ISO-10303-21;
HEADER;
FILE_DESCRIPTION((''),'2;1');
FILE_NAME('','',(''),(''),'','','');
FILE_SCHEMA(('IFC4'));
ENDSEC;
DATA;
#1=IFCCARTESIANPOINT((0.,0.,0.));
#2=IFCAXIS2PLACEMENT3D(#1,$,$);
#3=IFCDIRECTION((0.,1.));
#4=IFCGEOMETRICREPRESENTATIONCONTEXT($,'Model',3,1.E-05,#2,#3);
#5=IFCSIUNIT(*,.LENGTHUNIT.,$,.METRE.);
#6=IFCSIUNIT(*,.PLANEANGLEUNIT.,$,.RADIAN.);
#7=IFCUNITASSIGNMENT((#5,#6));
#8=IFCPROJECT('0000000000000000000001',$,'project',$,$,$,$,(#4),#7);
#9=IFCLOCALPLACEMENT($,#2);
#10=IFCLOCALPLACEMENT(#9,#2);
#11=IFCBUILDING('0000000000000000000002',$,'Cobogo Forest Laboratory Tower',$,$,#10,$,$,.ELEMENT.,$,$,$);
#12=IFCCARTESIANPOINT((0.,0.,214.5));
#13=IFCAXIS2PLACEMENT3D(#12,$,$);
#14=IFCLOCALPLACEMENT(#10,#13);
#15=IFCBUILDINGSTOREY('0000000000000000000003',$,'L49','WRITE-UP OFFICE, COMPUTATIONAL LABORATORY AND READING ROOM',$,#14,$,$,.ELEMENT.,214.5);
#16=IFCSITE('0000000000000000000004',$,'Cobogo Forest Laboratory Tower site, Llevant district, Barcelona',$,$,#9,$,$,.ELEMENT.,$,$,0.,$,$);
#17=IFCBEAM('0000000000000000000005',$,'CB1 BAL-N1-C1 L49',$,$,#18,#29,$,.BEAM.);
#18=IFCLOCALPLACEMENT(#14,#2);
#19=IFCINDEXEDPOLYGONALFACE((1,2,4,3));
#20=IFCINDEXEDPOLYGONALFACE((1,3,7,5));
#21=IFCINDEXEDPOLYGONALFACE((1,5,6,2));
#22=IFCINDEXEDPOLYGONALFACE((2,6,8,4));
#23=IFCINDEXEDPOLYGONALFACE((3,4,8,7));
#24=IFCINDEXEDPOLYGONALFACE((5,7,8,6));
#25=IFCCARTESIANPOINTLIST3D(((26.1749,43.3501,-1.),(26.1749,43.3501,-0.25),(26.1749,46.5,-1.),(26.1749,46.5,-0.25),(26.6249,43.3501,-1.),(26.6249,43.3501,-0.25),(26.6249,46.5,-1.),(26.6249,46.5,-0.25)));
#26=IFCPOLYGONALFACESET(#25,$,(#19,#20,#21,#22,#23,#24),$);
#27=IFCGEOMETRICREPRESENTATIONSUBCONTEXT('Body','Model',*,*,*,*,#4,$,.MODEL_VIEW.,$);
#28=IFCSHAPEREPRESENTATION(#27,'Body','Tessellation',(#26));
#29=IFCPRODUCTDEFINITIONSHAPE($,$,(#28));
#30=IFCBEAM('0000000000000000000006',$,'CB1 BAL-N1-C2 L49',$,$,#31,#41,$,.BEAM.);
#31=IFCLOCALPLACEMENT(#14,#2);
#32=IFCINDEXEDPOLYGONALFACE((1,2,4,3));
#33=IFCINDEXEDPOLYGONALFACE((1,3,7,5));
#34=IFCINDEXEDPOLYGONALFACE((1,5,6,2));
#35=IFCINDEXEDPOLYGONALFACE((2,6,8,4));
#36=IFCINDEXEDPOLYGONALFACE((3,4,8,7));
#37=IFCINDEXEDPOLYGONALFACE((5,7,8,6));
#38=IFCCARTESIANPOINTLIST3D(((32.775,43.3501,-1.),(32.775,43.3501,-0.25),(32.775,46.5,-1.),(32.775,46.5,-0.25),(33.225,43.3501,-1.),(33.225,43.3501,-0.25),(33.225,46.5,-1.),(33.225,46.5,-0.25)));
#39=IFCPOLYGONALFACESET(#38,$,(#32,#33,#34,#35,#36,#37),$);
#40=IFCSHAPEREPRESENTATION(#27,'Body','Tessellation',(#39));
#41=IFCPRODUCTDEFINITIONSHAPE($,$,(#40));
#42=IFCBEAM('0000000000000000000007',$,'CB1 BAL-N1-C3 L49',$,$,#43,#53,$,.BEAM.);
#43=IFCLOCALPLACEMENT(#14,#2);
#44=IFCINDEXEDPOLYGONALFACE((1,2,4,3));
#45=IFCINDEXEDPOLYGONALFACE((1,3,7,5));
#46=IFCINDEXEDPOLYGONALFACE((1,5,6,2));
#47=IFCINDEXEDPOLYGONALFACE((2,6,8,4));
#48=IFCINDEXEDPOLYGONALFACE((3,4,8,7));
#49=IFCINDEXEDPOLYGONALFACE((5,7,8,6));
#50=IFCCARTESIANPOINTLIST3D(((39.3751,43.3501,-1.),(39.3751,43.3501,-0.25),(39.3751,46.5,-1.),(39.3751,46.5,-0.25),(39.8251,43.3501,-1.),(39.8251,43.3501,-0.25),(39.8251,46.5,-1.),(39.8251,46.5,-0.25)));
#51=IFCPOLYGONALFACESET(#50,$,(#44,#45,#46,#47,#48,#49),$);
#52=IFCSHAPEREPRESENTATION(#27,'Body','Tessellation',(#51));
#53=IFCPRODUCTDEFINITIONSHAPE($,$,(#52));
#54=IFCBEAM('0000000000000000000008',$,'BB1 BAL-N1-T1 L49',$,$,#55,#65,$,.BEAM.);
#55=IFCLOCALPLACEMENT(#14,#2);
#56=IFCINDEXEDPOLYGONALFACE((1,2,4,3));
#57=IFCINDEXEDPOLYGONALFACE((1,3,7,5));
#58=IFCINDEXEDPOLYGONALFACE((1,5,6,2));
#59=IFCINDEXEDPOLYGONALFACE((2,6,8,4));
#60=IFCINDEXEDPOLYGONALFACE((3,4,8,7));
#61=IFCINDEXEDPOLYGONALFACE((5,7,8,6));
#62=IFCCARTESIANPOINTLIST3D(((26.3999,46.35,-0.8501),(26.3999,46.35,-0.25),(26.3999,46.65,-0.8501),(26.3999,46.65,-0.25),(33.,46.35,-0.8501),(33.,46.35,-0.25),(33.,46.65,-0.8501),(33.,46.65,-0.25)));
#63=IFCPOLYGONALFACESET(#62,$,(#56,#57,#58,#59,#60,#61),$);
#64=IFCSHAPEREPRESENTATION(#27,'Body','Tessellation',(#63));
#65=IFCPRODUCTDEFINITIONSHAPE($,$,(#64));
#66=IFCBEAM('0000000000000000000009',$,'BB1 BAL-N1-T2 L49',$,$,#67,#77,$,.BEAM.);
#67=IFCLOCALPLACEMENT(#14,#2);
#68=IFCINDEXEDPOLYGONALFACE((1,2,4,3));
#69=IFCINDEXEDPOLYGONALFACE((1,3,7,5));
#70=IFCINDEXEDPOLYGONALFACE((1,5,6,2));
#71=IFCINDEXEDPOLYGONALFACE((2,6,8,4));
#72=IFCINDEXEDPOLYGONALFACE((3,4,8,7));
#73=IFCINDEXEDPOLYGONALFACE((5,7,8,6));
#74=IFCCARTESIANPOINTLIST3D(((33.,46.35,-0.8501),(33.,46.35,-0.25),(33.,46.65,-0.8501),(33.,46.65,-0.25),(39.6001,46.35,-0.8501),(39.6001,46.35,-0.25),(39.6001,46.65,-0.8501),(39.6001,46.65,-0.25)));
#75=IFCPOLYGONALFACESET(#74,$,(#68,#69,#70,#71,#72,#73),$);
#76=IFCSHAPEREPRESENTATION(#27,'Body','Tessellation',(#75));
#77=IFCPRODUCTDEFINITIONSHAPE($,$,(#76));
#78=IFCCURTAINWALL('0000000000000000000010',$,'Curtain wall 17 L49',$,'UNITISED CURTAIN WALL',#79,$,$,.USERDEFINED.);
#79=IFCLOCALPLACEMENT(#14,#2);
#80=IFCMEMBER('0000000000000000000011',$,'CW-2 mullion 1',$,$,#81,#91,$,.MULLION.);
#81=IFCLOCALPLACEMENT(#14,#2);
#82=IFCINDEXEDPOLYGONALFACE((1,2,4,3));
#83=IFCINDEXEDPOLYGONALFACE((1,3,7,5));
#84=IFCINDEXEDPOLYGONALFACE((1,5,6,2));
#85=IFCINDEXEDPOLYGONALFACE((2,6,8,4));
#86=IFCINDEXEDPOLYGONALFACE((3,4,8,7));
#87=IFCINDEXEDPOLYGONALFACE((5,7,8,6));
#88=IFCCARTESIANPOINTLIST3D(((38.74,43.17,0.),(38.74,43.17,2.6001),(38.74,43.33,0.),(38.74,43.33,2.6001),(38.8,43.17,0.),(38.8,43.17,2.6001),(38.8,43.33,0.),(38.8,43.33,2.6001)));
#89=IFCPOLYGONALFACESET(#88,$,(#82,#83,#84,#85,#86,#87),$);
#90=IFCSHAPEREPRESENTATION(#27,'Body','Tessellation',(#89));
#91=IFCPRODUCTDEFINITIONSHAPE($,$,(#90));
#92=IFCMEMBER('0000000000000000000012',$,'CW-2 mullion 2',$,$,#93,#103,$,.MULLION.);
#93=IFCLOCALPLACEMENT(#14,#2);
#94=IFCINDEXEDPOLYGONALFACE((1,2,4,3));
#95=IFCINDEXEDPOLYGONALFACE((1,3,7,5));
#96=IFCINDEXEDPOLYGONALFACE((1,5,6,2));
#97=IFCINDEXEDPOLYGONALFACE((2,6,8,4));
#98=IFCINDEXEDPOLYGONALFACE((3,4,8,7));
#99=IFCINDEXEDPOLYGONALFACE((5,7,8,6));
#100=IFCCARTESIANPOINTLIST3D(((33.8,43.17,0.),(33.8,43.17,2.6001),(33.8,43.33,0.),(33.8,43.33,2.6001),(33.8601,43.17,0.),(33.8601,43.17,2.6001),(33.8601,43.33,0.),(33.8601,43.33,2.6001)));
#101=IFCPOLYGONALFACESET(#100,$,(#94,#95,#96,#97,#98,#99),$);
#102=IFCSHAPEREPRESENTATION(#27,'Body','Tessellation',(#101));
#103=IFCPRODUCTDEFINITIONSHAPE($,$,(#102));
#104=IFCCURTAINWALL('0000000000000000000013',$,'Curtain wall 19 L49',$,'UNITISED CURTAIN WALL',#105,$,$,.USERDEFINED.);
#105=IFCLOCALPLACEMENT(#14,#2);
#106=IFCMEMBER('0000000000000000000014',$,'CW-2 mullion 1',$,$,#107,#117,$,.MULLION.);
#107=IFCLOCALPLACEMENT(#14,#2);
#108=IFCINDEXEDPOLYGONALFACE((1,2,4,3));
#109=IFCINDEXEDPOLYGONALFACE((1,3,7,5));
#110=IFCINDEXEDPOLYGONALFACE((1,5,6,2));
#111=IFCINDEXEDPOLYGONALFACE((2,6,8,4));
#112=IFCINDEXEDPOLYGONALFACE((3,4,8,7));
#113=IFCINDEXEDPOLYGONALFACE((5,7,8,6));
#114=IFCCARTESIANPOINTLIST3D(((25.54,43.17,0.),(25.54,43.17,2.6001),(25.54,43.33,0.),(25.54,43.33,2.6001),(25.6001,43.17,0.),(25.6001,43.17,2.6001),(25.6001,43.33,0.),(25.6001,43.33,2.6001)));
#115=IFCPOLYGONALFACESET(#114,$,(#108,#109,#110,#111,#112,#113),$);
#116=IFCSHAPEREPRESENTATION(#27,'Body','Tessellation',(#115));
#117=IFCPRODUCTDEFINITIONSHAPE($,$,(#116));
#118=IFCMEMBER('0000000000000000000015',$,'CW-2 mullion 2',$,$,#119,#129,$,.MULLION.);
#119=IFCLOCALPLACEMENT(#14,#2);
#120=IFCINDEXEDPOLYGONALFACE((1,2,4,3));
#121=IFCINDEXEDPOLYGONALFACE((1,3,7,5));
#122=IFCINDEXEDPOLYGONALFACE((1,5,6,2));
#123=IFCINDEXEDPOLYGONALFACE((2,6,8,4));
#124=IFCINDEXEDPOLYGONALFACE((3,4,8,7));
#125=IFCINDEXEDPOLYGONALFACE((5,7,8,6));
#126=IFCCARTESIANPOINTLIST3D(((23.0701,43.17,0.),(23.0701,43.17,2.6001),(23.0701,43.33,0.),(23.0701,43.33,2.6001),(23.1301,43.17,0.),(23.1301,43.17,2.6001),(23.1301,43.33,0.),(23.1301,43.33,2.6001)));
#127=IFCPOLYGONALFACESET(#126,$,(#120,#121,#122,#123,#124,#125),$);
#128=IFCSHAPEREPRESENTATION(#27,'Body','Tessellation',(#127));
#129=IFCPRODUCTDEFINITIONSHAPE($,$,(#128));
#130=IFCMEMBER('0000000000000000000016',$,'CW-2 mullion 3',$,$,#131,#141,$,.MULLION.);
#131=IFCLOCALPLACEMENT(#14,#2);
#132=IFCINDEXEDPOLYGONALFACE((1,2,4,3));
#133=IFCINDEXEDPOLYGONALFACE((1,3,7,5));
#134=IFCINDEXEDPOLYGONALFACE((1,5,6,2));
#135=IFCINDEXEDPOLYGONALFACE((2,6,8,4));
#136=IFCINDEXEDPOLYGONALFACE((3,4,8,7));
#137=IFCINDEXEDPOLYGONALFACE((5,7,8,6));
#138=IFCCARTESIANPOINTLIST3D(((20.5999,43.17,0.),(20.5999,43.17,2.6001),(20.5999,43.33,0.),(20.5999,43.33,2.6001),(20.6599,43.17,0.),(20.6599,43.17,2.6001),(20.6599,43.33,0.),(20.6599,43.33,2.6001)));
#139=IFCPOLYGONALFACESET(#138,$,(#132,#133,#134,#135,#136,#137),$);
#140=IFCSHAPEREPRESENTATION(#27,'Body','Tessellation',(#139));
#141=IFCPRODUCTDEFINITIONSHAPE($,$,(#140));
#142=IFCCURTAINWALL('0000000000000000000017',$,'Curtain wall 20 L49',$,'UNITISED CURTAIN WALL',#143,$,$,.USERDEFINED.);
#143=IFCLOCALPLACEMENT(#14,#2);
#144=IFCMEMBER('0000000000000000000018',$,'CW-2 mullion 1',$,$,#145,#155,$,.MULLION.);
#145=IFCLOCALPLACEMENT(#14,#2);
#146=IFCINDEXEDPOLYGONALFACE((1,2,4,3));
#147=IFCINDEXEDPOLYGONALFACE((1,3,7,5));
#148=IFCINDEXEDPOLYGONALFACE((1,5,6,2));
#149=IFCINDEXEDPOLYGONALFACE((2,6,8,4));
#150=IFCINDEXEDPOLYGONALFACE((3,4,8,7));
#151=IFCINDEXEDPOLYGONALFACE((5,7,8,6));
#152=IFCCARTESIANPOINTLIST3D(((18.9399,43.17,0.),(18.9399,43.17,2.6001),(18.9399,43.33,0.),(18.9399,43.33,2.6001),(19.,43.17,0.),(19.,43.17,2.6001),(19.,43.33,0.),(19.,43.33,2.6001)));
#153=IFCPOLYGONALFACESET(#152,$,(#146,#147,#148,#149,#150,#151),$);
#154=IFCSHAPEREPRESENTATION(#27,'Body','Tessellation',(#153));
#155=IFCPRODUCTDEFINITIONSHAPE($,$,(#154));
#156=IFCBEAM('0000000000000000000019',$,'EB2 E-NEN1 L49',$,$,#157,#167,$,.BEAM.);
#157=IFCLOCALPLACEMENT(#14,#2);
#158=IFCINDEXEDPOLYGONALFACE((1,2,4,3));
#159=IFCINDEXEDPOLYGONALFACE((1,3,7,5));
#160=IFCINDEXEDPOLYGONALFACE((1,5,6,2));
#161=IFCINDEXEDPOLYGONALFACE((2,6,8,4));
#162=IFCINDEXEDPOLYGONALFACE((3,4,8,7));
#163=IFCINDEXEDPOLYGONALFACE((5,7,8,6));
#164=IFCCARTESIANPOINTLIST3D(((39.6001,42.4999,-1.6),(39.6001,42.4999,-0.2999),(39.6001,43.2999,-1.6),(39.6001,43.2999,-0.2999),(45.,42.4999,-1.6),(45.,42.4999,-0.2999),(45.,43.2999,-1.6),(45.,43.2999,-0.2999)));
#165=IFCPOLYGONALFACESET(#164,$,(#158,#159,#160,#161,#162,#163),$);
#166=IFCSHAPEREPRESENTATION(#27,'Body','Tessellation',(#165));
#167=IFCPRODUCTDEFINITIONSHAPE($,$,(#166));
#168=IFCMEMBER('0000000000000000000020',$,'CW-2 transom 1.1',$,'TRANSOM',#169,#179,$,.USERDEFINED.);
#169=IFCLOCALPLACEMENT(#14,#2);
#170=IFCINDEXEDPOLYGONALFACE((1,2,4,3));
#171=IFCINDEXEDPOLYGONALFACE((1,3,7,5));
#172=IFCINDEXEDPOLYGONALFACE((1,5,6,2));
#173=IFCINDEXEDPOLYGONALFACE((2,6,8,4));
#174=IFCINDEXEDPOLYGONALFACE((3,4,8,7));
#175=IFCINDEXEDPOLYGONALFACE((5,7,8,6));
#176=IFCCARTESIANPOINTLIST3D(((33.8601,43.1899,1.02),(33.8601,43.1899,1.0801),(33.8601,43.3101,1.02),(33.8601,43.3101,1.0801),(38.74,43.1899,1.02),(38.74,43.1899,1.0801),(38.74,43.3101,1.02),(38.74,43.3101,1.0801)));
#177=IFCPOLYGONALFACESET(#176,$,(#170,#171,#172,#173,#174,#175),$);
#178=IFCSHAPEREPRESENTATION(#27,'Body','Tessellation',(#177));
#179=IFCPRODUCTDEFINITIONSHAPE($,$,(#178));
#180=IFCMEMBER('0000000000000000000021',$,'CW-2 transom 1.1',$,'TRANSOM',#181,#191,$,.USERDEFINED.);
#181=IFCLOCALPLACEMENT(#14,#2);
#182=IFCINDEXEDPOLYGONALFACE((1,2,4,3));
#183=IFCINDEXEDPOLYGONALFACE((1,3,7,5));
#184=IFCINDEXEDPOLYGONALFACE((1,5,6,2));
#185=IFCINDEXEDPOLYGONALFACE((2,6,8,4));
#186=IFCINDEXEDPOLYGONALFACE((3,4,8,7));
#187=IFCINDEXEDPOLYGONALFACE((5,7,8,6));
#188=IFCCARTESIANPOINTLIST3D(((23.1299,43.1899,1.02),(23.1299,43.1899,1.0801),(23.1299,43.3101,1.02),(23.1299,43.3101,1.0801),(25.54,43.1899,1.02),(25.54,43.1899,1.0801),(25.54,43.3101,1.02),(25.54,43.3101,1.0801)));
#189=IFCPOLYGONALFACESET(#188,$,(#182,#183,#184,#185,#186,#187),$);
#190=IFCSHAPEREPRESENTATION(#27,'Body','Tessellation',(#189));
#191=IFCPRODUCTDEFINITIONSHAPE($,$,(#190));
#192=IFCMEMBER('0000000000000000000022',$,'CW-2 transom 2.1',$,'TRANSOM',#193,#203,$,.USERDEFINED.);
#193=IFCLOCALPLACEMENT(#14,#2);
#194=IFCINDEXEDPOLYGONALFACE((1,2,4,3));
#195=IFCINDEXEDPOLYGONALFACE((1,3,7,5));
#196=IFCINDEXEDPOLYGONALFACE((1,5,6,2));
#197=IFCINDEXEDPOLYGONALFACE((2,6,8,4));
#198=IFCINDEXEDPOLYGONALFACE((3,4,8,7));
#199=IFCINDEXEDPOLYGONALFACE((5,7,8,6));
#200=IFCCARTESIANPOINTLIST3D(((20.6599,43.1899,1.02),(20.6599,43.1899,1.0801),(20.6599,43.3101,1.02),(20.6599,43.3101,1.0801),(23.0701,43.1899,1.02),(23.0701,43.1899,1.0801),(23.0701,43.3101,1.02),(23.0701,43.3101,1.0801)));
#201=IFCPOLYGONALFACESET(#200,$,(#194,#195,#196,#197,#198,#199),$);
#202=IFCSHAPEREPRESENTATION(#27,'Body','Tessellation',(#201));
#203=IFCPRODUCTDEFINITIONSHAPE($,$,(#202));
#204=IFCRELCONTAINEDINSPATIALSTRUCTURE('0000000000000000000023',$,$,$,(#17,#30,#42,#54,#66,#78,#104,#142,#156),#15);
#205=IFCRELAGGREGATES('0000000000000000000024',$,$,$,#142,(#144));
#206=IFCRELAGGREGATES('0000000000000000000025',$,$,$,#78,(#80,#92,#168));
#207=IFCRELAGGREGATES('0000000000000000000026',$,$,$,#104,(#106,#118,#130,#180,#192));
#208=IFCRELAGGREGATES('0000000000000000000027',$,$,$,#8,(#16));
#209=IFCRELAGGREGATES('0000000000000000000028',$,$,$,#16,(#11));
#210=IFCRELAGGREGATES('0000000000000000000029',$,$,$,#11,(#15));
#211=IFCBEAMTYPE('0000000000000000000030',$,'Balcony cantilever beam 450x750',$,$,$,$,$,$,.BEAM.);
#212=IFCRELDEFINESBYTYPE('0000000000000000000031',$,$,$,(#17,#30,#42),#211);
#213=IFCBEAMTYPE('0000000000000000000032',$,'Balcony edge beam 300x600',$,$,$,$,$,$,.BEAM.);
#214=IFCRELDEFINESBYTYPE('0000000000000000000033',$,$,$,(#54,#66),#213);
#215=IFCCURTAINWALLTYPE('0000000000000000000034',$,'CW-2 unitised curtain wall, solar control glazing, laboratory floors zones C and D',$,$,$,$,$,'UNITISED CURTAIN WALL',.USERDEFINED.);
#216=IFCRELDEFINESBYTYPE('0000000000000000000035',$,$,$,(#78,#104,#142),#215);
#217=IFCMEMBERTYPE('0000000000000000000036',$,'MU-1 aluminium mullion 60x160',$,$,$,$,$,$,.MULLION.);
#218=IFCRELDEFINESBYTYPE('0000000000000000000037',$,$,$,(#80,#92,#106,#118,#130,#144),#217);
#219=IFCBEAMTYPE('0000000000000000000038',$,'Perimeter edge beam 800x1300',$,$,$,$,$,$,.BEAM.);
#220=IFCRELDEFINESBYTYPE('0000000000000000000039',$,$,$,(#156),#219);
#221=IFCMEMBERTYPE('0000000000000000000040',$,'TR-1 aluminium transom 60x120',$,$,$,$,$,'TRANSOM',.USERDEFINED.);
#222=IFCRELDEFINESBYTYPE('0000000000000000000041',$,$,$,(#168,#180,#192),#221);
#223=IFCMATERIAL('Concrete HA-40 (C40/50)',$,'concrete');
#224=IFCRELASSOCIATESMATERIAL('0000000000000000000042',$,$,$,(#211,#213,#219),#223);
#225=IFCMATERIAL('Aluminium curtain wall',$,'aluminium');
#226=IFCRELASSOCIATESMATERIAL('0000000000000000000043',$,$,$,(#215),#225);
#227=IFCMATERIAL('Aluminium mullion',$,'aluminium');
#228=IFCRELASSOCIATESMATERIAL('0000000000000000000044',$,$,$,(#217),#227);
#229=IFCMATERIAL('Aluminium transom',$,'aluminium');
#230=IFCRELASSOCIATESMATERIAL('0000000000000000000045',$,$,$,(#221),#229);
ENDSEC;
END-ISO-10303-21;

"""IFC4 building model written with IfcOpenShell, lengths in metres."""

from ifc_helpers import new_model, si_unit, direction, frame, origin, origin_2d, place, context, subcontext, project, spatial, rectangle, extrude, material, material_profile, profile_set, type_object, element, aggregate, save


model = new_model("IFC4")

# Units and contexts
model_context = context("Model", 3, precision=1e-05, world=origin(), true_north=direction((0.0, 1.0)))
body_context = subcontext(model_context, "Body", "Model", "MODEL_VIEW")
ifc_project = project(units=[si_unit("LENGTHUNIT", "METRE"), si_unit("PLANEANGLEUNIT", "RADIAN")], contexts=[model_context])

# Site, building, storey
site_placement = place(None, origin())
site = spatial("IfcSite", under=ifc_project, at=site_placement, Name="Cobogo Forest Laboratory Tower site, Llevant district, Barcelona", CompositionType="ELEMENT", RefElevation=0.0)
building_placement = place(site_placement, origin())
building = spatial("IfcBuilding", under=site, at=building_placement, Name="Cobogo Forest Laboratory Tower", CompositionType="ELEMENT")
storey_placement = place(building_placement, frame((0.0, 0.0, 214.5)))
storey = spatial("IfcBuildingStorey", under=building, at=storey_placement, Name="L49", Description="WRITE-UP OFFICE, COMPUTATIONAL LABORATORY AND READING ROOM", CompositionType="ELEMENT", Elevation=214.5)

# Beams
ifc_material_1 = material(Name="Concrete HA-40 (C40/50)", Category="concrete")
ifc_material_profile_1 = material_profile(ifc_material_1, rectangle(XDim=0.45, YDim=0.75, at=origin_2d()), Name="RC 450x750")
ifc_profile_set_1 = profile_set([ifc_material_profile_1], Name="Concrete HA-40 (C40/50)")
beam_type_1 = type_object("IfcBeamType", Name="Balcony cantilever beam 450x750", PredefinedType="BEAM", material=ifc_profile_set_1)
for number, where, z_axis, x_axis, name in (
    (1, (26.3999, 43.3501, -0.625), (0.0, 1.0, 0.0), (-1.0, 0.0, 0.0), "CB1 BAL-N1-C1 L49"),
    (2, (33.0, 43.3501, -0.625), (0.0, 1.0, 0.0), (-1.0, 0.0, 0.0), "CB1 BAL-N1-C2 L49"),
    (3, (39.6001, 43.3501, -0.625), (0.0, 1.0, 0.0), (-1.0, 0.0, 0.0), "CB1 BAL-N1-C3 L49"),
):
    element("IfcBeam", number, at=place(storey_placement, frame(where, z_axis=z_axis, x_axis=x_axis)), inside=storey, type_object=beam_type_1, Name=name, PredefinedType="BEAM", context=body_context, shape_type="SweptSolid", body=[
        extrude(rectangle(XDim=0.45, YDim=0.75, at=origin_2d()), origin(), (0.0, 0.0, 1.0), 3.1499),
    ])
ifc_material_profile_2 = material_profile(ifc_material_1, rectangle(XDim=0.3, YDim=0.6001, at=origin_2d()), Name="RC 300x600")
ifc_profile_set_2 = profile_set([ifc_material_profile_2], Name="Concrete HA-40 (C40/50)")
beam_type_2 = type_object("IfcBeamType", Name="Balcony edge beam 300x600", PredefinedType="BEAM", material=ifc_profile_set_2)
for number, where, z_axis, x_axis, name in (
    (4, (26.3999, 46.5, -0.55), (1.0, 0.0, 0.0), (0.0, 1.0, 0.0), "BB1 BAL-N1-T1 L49"),
    (5, (33.0, 46.5, -0.55), (1.0, 0.0, 0.0), (0.0, 1.0, 0.0), "BB1 BAL-N1-T2 L49"),
):
    element("IfcBeam", number, at=place(storey_placement, frame(where, z_axis=z_axis, x_axis=x_axis)), inside=storey, type_object=beam_type_2, Name=name, PredefinedType="BEAM", context=body_context, shape_type="SweptSolid", body=[
        extrude(rectangle(XDim=0.3, YDim=0.6001, at=origin_2d()), origin(), (0.0, 0.0, 1.0), 6.6001),
    ])

# Curtain walls, members
ifc_material_2 = material(Name="Aluminium curtain wall", Category="aluminium")
curtain_wall_type = type_object("IfcCurtainWallType", Name="CW-2 unitised curtain wall, solar control glazing, laboratory floors zones C and D", ElementType="UNITISED CURTAIN WALL", PredefinedType="USERDEFINED", material=ifc_material_2)
curtain_wall_1_placement = place(storey_placement, origin())
curtain_wall_1 = element("IfcCurtainWall", 6, at=curtain_wall_1_placement, inside=storey, type_object=curtain_wall_type, Name="Curtain wall 17 L49", ObjectType="UNITISED CURTAIN WALL", PredefinedType="USERDEFINED")
ifc_material_3 = material(Name="Aluminium mullion", Category="aluminium")
ifc_material_profile_3 = material_profile(ifc_material_3, rectangle(XDim=0.0601, YDim=0.1599, at=origin_2d()), Name="AL 60x160")
ifc_profile_set_3 = profile_set([ifc_material_profile_3], Name="Aluminium mullion")
member_type_1 = type_object("IfcMemberType", Name="MU-1 aluminium mullion 60x160", PredefinedType="MULLION", material=ifc_profile_set_3)
member_1_placement = place(storey_placement, frame((38.77, 43.25, 0.0), z_axis=(0.0, 0.0, 1.0), x_axis=(-1.0, 0.0, 0.0)))
member_1 = element("IfcMember", 7, at=member_1_placement, type_object=member_type_1, Name="CW-2 mullion 1", PredefinedType="MULLION", context=body_context, shape_type="SweptSolid", body=[
    extrude(rectangle(XDim=0.0601, YDim=0.1599, at=origin_2d()), origin(), (0.0, 0.0, 1.0), 2.6001),
])
member_2_placement = place(storey_placement, frame((33.8301, 43.25, 0.0), z_axis=(0.0, 0.0, 1.0), x_axis=(-1.0, 0.0, 0.0)))
member_2 = element("IfcMember", 8, at=member_2_placement, type_object=member_type_1, Name="CW-2 mullion 2", PredefinedType="MULLION", context=body_context, shape_type="SweptSolid", body=[
    extrude(rectangle(XDim=0.0601, YDim=0.1599, at=origin_2d()), origin(), (0.0, 0.0, 1.0), 2.6001),
])
curtain_wall_2_placement = place(storey_placement, origin())
curtain_wall_2 = element("IfcCurtainWall", 9, at=curtain_wall_2_placement, inside=storey, type_object=curtain_wall_type, Name="Curtain wall 19 L49", ObjectType="UNITISED CURTAIN WALL", PredefinedType="USERDEFINED")
member_3_placement = place(storey_placement, frame((25.5701, 43.25, 0.0), z_axis=(0.0, 0.0, 1.0), x_axis=(-1.0, 0.0, 0.0)))
member_3 = element("IfcMember", 10, at=member_3_placement, type_object=member_type_1, Name="CW-2 mullion 1", PredefinedType="MULLION", context=body_context, shape_type="SweptSolid", body=[
    extrude(rectangle(XDim=0.0601, YDim=0.1599, at=origin_2d()), origin(), (0.0, 0.0, 1.0), 2.6001),
])
member_4_placement = place(storey_placement, frame((23.1001, 43.25, 0.0), z_axis=(0.0, 0.0, 1.0), x_axis=(-1.0, 0.0, 0.0)))
member_4 = element("IfcMember", 11, at=member_4_placement, type_object=member_type_1, Name="CW-2 mullion 2", PredefinedType="MULLION", context=body_context, shape_type="SweptSolid", body=[
    extrude(rectangle(XDim=0.0601, YDim=0.1599, at=origin_2d()), origin(), (0.0, 0.0, 1.0), 2.6001),
])
member_5_placement = place(storey_placement, frame((20.6299, 43.25, 0.0), z_axis=(0.0, 0.0, 1.0), x_axis=(-1.0, 0.0, 0.0)))
member_5 = element("IfcMember", 12, at=member_5_placement, type_object=member_type_1, Name="CW-2 mullion 3", PredefinedType="MULLION", context=body_context, shape_type="SweptSolid", body=[
    extrude(rectangle(XDim=0.0601, YDim=0.1599, at=origin_2d()), origin(), (0.0, 0.0, 1.0), 2.6001),
])

# Curtain wall, member
curtain_wall_3_placement = place(storey_placement, origin())
curtain_wall_3 = element("IfcCurtainWall", 13, at=curtain_wall_3_placement, inside=storey, type_object=curtain_wall_type, Name="Curtain wall 20 L49", ObjectType="UNITISED CURTAIN WALL", PredefinedType="USERDEFINED")
member_6_placement = place(storey_placement, frame((18.97, 43.25, 0.0), z_axis=(0.0, 0.0, 1.0), x_axis=(-1.0, 0.0, 0.0)))
member_6 = element("IfcMember", 14, at=member_6_placement, type_object=member_type_1, Name="CW-2 mullion 1", PredefinedType="MULLION", context=body_context, shape_type="SweptSolid", body=[
    extrude(rectangle(XDim=0.0601, YDim=0.1599, at=origin_2d()), origin(), (0.0, 0.0, 1.0), 2.6001),
])
aggregate(curtain_wall_3, [member_6])

# Beam
ifc_material_profile_4 = material_profile(ifc_material_1, rectangle(XDim=0.8, YDim=1.3, at=origin_2d()), Name="RC 800x1300")
ifc_profile_set_4 = profile_set([ifc_material_profile_4], Name="Concrete HA-40 (C40/50)")
beam_type_3 = type_object("IfcBeamType", Name="Perimeter edge beam 800x1300", PredefinedType="BEAM", material=ifc_profile_set_4)
beam_placement = place(storey_placement, frame((39.6001, 42.8999, -0.95), z_axis=(1.0, 0.0, 0.0), x_axis=(0.0, 1.0, 0.0)))
element("IfcBeam", 15, at=beam_placement, inside=storey, type_object=beam_type_3, Name="EB2 E-NEN1 L49", PredefinedType="BEAM", context=body_context, shape_type="SweptSolid", body=[
    extrude(rectangle(XDim=0.8, YDim=1.3, at=origin_2d()), origin(), (0.0, 0.0, 1.0), 5.3999),
])

# Members
ifc_material_4 = material(Name="Aluminium transom", Category="aluminium")
ifc_material_profile_5 = material_profile(ifc_material_4, rectangle(XDim=0.1201, YDim=0.0601, at=origin_2d()), Name="AL 60x120")
ifc_profile_set_5 = profile_set([ifc_material_profile_5], Name="Aluminium transom")
member_type_2 = type_object("IfcMemberType", Name="TR-1 aluminium transom 60x120", ElementType="TRANSOM", PredefinedType="USERDEFINED", material=ifc_profile_set_5)
member_7_placement = place(storey_placement, frame((38.74, 43.25, 1.05), z_axis=(-1.0, 0.0, 0.0), x_axis=(0.0, -1.0, 0.0)))
member_7 = element("IfcMember", 16, at=member_7_placement, type_object=member_type_2, Name="CW-2 transom 1.1", ObjectType="TRANSOM", PredefinedType="USERDEFINED", context=body_context, shape_type="SweptSolid", body=[
    extrude(rectangle(XDim=0.1201, YDim=0.0601, at=origin_2d()), origin(), (0.0, 0.0, 1.0), 4.8799),
])
member_8_placement = place(storey_placement, frame((25.54, 43.25, 1.05), z_axis=(-1.0, 0.0, 0.0), x_axis=(0.0, -1.0, 0.0)))
member_8 = element("IfcMember", 17, at=member_8_placement, type_object=member_type_2, Name="CW-2 transom 1.1", ObjectType="TRANSOM", PredefinedType="USERDEFINED", context=body_context, shape_type="SweptSolid", body=[
    extrude(rectangle(XDim=0.1201, YDim=0.0601, at=origin_2d()), origin(), (0.0, 0.0, 1.0), 2.4102),
])
member_9_placement = place(storey_placement, frame((23.0701, 43.25, 1.05), z_axis=(-1.0, 0.0, 0.0), x_axis=(0.0, -1.0, 0.0)))
member_9 = element("IfcMember", 18, at=member_9_placement, type_object=member_type_2, Name="CW-2 transom 2.1", ObjectType="TRANSOM", PredefinedType="USERDEFINED", context=body_context, shape_type="SweptSolid", body=[
    extrude(rectangle(XDim=0.1201, YDim=0.0601, at=origin_2d()), origin(), (0.0, 0.0, 1.0), 2.4102),
])

aggregate(curtain_wall_1, [member_1, member_2, member_7])
aggregate(curtain_wall_2, [member_3, member_4, member_5, member_8, member_9])

save(model, "model.ifc")
